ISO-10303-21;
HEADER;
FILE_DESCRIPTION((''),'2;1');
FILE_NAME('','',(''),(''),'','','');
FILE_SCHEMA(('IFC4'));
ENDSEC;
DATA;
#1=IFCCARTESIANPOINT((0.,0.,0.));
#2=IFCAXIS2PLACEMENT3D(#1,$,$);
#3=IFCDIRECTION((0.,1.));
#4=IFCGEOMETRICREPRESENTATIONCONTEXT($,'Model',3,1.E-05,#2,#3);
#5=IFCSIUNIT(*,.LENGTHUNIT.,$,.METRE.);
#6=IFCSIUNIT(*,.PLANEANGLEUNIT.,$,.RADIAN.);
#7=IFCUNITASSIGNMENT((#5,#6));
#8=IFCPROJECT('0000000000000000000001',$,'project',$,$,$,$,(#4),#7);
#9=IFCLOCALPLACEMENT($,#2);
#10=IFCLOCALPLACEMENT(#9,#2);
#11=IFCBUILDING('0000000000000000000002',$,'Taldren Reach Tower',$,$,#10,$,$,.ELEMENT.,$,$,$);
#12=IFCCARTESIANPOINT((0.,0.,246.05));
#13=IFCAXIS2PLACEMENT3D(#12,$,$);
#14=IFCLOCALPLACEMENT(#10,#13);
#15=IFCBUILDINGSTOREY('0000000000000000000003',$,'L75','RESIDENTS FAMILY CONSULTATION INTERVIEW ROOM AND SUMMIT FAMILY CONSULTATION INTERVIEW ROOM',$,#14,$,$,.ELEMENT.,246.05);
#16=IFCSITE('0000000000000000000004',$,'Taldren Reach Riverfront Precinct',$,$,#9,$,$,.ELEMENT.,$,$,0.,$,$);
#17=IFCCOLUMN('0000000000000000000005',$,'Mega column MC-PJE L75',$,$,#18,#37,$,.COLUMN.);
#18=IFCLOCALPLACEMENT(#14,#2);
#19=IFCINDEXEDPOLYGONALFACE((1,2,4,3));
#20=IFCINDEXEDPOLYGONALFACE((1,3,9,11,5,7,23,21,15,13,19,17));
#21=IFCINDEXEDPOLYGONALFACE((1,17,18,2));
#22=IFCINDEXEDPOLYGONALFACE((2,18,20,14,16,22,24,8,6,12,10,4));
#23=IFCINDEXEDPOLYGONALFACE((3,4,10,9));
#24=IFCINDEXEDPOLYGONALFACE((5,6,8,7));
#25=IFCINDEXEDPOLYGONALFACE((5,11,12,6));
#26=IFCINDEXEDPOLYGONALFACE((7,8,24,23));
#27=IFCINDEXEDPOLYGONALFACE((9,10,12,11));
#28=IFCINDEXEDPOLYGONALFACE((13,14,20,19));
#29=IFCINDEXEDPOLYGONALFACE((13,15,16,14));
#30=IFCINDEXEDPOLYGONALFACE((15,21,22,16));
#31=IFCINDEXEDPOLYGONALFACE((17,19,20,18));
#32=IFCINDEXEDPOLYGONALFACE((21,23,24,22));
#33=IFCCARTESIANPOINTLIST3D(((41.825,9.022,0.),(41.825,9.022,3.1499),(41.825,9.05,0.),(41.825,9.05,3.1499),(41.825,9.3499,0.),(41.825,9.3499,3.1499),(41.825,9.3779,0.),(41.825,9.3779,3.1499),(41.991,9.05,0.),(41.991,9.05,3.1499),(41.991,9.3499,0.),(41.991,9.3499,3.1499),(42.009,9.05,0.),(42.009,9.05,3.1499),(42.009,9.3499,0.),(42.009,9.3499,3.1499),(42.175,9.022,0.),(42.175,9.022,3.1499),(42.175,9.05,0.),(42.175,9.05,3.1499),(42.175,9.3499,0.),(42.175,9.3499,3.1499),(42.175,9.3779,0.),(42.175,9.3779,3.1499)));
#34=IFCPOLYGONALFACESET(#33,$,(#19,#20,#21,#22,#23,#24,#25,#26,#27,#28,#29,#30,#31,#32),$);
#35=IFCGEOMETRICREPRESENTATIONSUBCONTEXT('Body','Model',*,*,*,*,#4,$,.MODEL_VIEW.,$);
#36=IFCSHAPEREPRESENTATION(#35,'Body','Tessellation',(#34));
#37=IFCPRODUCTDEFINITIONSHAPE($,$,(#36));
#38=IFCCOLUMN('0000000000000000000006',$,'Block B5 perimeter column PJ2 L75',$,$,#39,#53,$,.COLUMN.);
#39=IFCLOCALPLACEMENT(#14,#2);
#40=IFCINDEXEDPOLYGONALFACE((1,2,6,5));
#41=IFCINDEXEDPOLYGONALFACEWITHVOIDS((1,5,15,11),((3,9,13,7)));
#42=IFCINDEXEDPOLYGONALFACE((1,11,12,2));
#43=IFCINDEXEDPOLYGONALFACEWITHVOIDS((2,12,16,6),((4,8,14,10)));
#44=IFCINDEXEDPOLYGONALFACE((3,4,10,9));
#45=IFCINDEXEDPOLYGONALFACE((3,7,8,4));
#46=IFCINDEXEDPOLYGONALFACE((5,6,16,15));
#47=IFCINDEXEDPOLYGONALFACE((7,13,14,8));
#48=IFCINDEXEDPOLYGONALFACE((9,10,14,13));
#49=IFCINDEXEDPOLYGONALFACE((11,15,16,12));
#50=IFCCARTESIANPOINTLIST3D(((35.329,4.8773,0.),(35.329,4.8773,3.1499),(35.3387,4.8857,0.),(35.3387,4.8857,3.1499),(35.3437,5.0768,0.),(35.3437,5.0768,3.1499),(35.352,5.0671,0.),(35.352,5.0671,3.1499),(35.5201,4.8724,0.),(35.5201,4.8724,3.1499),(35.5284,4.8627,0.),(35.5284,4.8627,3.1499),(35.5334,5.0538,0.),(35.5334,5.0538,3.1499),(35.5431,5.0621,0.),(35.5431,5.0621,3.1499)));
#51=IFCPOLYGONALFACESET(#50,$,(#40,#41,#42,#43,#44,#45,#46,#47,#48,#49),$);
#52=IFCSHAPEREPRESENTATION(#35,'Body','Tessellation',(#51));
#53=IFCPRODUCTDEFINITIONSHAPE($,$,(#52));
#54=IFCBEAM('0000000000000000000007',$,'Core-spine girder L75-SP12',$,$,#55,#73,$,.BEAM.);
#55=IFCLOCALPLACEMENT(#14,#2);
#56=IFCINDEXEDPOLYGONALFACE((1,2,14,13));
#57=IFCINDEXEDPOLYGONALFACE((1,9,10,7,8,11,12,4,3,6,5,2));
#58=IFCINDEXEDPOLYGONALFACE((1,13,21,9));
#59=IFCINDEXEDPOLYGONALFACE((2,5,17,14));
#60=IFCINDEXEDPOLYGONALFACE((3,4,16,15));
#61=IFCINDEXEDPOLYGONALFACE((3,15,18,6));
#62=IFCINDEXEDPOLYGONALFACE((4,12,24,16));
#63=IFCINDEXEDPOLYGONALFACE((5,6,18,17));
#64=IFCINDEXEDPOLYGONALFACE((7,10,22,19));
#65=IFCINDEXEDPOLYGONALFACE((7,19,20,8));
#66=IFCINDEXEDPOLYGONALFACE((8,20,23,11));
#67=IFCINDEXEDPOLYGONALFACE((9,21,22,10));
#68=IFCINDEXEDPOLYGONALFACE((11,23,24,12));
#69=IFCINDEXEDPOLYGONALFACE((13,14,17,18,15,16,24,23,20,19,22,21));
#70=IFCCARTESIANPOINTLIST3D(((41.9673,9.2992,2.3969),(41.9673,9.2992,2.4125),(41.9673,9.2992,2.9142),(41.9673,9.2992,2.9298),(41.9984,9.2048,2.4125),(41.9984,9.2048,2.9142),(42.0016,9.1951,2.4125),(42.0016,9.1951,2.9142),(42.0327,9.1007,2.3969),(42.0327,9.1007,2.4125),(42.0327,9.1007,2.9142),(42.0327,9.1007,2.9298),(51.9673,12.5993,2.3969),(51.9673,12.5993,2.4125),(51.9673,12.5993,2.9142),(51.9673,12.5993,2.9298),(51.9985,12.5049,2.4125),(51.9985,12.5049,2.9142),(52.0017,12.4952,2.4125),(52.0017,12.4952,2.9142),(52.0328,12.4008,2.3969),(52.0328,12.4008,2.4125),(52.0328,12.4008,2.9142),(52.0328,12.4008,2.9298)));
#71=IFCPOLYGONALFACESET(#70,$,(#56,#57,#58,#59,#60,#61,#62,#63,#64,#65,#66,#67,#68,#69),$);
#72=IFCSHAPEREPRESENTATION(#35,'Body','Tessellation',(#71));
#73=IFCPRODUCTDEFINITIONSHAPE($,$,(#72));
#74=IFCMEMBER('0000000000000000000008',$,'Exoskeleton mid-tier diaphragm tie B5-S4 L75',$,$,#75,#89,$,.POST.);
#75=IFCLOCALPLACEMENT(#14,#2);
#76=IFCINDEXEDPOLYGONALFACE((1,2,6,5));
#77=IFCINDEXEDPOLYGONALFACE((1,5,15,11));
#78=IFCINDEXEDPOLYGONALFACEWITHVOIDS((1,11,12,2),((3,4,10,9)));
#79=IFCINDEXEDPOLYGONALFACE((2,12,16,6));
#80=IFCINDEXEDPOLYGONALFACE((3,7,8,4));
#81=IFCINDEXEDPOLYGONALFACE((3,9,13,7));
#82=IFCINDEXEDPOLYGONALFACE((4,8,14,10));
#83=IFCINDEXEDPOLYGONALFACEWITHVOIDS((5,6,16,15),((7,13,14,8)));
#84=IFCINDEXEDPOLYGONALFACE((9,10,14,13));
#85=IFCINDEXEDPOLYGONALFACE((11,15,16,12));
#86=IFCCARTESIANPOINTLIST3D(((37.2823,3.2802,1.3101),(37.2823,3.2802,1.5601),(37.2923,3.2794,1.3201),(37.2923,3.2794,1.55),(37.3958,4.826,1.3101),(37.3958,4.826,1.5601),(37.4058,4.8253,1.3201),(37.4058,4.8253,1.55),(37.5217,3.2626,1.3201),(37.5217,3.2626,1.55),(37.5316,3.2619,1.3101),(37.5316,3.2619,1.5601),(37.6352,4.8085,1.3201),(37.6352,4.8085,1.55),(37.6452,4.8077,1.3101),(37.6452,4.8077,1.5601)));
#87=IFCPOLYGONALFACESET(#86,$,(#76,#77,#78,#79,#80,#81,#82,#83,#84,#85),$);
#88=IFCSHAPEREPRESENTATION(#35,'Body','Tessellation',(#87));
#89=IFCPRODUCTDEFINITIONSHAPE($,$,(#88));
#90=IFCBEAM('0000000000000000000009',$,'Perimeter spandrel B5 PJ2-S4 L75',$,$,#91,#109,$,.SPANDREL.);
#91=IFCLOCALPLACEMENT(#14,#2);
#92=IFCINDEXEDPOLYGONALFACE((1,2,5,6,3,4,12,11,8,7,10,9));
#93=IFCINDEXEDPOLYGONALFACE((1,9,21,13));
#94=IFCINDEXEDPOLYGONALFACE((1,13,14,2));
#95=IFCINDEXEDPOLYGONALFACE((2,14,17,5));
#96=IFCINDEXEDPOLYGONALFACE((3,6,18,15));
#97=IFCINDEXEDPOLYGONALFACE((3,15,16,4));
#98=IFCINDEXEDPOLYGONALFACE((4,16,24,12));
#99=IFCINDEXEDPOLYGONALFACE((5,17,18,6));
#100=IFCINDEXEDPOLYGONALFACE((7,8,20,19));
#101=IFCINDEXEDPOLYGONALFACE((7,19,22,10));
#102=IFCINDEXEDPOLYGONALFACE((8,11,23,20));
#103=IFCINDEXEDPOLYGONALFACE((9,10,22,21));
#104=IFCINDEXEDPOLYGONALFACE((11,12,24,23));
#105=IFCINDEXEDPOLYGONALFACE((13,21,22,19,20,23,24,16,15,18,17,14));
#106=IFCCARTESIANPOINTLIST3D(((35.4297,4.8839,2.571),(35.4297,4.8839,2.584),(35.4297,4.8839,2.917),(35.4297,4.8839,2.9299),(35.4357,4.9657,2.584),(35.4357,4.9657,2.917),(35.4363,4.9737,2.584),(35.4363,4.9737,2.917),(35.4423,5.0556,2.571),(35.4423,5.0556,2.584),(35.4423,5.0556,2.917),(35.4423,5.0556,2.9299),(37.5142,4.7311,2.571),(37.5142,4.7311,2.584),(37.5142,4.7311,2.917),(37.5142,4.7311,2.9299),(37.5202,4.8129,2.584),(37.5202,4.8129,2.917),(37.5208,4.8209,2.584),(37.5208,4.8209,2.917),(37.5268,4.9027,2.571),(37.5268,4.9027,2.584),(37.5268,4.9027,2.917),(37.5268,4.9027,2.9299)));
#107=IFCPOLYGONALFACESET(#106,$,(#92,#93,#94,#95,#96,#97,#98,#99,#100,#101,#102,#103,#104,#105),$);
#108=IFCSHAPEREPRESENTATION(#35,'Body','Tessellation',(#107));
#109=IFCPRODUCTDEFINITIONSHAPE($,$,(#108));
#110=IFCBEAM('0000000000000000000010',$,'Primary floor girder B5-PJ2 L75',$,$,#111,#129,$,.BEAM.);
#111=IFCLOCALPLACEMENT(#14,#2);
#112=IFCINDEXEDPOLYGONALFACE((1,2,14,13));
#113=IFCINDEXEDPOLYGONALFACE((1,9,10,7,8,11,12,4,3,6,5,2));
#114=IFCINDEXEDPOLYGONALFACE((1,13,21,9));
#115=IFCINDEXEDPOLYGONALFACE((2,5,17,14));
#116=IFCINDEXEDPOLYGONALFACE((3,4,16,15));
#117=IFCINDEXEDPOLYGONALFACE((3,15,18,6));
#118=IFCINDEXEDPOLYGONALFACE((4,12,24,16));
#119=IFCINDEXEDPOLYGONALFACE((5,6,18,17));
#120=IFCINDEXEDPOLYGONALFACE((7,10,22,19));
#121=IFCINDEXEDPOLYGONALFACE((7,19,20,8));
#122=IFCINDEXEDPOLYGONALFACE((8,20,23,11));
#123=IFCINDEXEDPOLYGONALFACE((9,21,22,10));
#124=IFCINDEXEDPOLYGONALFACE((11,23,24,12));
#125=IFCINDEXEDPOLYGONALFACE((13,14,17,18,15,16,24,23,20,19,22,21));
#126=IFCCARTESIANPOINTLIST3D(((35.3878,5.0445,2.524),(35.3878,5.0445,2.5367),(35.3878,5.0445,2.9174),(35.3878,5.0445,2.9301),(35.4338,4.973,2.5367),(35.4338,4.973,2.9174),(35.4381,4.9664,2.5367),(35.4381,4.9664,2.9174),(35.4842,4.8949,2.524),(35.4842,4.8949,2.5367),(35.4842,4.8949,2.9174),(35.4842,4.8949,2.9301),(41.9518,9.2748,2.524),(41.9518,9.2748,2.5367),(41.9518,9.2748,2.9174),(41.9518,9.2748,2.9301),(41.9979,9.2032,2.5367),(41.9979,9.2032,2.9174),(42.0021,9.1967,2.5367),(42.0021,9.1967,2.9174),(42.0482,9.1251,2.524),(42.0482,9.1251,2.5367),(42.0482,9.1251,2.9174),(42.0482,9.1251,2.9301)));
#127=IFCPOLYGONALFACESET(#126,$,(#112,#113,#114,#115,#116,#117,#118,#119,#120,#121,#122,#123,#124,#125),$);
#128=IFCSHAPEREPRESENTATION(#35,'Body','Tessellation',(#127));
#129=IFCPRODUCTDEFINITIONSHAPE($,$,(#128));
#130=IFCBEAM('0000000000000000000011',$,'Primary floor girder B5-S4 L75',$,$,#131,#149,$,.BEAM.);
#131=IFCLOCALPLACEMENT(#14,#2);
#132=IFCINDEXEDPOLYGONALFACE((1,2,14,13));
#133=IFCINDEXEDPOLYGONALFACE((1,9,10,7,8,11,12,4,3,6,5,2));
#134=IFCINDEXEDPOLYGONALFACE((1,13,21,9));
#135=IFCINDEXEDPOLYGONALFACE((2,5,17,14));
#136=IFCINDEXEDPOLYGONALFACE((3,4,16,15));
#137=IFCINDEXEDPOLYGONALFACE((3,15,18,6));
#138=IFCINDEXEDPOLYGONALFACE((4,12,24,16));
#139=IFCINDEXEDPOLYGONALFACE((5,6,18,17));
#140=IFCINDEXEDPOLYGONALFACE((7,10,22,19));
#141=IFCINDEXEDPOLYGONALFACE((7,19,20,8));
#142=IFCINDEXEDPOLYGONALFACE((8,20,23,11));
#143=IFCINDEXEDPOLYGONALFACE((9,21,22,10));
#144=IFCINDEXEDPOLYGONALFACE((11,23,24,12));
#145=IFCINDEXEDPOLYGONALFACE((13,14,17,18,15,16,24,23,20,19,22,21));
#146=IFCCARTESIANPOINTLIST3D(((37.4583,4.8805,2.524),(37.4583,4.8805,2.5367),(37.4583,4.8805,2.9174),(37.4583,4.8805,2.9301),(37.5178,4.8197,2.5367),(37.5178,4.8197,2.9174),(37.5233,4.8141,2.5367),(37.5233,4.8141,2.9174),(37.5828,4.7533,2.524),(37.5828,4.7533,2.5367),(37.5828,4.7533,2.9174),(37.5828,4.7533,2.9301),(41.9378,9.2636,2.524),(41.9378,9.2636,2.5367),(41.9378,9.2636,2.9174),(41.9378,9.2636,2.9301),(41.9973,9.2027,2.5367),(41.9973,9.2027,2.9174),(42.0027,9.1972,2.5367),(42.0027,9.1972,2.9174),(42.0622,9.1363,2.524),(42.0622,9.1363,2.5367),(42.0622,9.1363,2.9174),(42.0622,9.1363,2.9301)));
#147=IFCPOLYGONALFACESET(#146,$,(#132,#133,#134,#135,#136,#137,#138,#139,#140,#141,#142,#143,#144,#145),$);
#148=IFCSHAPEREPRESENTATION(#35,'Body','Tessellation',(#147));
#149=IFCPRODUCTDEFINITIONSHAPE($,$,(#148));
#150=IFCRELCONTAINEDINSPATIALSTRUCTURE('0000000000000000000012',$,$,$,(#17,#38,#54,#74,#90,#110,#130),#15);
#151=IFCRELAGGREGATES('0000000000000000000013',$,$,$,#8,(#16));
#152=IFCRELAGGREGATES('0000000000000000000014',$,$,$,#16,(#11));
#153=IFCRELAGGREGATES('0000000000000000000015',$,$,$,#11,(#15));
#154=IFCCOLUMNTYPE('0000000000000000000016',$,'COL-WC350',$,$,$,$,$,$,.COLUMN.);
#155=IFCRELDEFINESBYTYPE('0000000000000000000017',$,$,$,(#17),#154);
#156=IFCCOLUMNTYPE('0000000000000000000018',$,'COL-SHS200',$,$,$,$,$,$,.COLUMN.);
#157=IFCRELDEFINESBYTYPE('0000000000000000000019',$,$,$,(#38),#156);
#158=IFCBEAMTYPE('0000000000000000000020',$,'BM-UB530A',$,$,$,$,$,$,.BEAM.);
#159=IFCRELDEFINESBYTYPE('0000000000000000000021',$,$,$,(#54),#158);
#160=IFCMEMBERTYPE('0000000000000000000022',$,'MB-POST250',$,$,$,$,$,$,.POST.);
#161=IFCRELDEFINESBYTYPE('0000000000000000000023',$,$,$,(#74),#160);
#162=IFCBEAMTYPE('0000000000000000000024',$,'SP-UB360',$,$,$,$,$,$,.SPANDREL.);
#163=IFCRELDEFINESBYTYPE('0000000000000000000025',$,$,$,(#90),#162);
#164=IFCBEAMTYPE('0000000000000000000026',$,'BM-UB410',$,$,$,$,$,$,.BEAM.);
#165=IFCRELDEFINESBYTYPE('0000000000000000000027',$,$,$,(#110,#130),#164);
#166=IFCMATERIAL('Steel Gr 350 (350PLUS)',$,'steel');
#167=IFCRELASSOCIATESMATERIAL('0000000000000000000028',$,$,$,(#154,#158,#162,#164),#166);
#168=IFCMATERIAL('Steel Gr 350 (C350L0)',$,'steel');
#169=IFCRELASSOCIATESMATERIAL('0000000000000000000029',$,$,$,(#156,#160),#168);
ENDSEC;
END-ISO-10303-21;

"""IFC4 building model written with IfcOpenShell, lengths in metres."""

from ifc_helpers import new_model, si_unit, direction, frame, origin, origin_2d, place, context, subcontext, project, spatial, hollow_rectangle, i_section, extrude, source, transform, mapped, material, material_profile, profile_set, type_object, element, save


model = new_model("IFC4")

# Units and contexts
model_context = context("Model", 3, precision=1e-05, world=origin(), true_north=direction((0.0, 1.0)))
body_context = subcontext(model_context, "Body", "Model", "MODEL_VIEW")
ifc_project = project(units=[si_unit("LENGTHUNIT", "METRE"), si_unit("PLANEANGLEUNIT", "RADIAN")], contexts=[model_context])

# Site, building, storey
site_placement = place(None, origin())
site = spatial("IfcSite", under=ifc_project, at=site_placement, Name="Taldren Reach Riverfront Precinct", CompositionType="ELEMENT", RefElevation=0.0)
building_placement = place(site_placement, origin())
building = spatial("IfcBuilding", under=site, at=building_placement, Name="Taldren Reach Tower", CompositionType="ELEMENT")
storey_placement = place(building_placement, frame((0.0, 0.0, 246.05)))
storey = spatial("IfcBuildingStorey", under=building, at=storey_placement, Name="L75", Description="RESIDENTS FAMILY CONSULTATION INTERVIEW ROOM AND SUMMIT FAMILY CONSULTATION INTERVIEW ROOM", CompositionType="ELEMENT", Elevation=246.05)

# Columns
ifc_material_1 = material(Name="Steel Gr 350 (350PLUS)", Category="steel")
ifc_material_profile_1 = material_profile(ifc_material_1, i_section(OverallWidth=0.3501, OverallDepth=0.356, WebThickness=0.0181, FlangeThickness=0.0281, at=origin_2d()), Name="350WC197")
ifc_profile_set_1 = profile_set([ifc_material_profile_1], Name="Steel Gr 350 (350PLUS)")
column_type_1 = type_object("IfcColumnType", Name="COL-WC350", PredefinedType="COLUMN", material=ifc_profile_set_1)
shared_shape_1 = source(origin(), body_context, "Body", "SweptSolid", [
    extrude(i_section(OverallWidth=0.3501, OverallDepth=0.356, WebThickness=0.0181, FlangeThickness=0.0281, at=origin_2d()), origin(), (0.0, 0.0, 1.0), 3.1499),
])
column_1_placement = place(storey_placement, frame((42.0, 9.2, 0.0), z_axis=(0.0, 0.0, 1.0), x_axis=(1.0, 0.0, 0.0)))
element("IfcColumn", 1, at=column_1_placement, inside=storey, type_object=column_type_1, Name="Mega column MC-PJE L75", PredefinedType="COLUMN", context=body_context, shape_type="MappedRepresentation", body=[
    mapped(shared_shape_1, transform((0.0, 0.0, 0.0), scale=1.0)),
])
ifc_material_2 = material(Name="Steel Gr 350 (C350L0)", Category="steel")
ifc_material_profile_2 = material_profile(ifc_material_2, hollow_rectangle(XDim=0.2, YDim=0.2, WallThickness=0.009, at=origin_2d()), Name="200x200x9.0SHS")
ifc_profile_set_2 = profile_set([ifc_material_profile_2], Name="Steel Gr 350 (C350L0)")
column_type_2 = type_object("IfcColumnType", Name="COL-SHS200", PredefinedType="COLUMN", material=ifc_profile_set_2)
shared_shape_2 = source(origin(), body_context, "Body", "SweptSolid", [
    extrude(hollow_rectangle(XDim=0.2, YDim=0.2, WallThickness=0.009, at=origin_2d()), origin(), (0.0, 0.0, 1.0), 3.1499),
])
column_2_placement = place(storey_placement, frame((35.436, 4.9697, 0.0), z_axis=(0.0, 0.0, 1.0), x_axis=(0.997314, -0.073238, 0.0)))
element("IfcColumn", 2, at=column_2_placement, inside=storey, type_object=column_type_2, Name="Block B5 perimeter column PJ2 L75", PredefinedType="COLUMN", context=body_context, shape_type="MappedRepresentation", body=[
    mapped(shared_shape_2, transform((0.0, 0.0, 0.0), scale=1.0)),
])

# Beam
ifc_material_profile_3 = material_profile(ifc_material_1, i_section(OverallWidth=0.209, OverallDepth=0.533, WebThickness=0.0103, FlangeThickness=0.0156, at=origin_2d()), Name="530UB92.4")
ifc_profile_set_3 = profile_set([ifc_material_profile_3], Name="Steel Gr 350 (350PLUS)")
beam_type_1 = type_object("IfcBeamType", Name="BM-UB530A", PredefinedType="BEAM", material=ifc_profile_set_3)
shared_shape_3 = source(origin(), body_context, "Body", "SweptSolid", [
    extrude(i_section(OverallWidth=0.209, OverallDepth=0.533, WebThickness=0.0103, FlangeThickness=0.0156, at=origin_2d()), origin(), (0.0, 0.0, 1.0), 10.5305),
])
beam_1_placement = place(storey_placement, frame((42.0, 9.2, 2.6633), z_axis=(0.949627, 0.313382, 0.0), x_axis=(-0.313382, 0.949627, 0.0)))
element("IfcBeam", 3, at=beam_1_placement, inside=storey, type_object=beam_type_1, Name="Core-spine girder L75-SP12", PredefinedType="BEAM", context=body_context, shape_type="MappedRepresentation", body=[
    mapped(shared_shape_3, transform((0.0, 0.0, 0.0), scale=1.0)),
])

# Member
ifc_material_profile_4 = material_profile(ifc_material_2, hollow_rectangle(XDim=0.25, YDim=0.25, WallThickness=0.01, at=origin_2d()), Name="250x250x10.0SHS")
ifc_profile_set_4 = profile_set([ifc_material_profile_4], Name="Steel Gr 350 (C350L0)")
member_type = type_object("IfcMemberType", Name="MB-POST250", PredefinedType="POST", material=ifc_profile_set_4)
shared_shape_4 = source(origin(), body_context, "Body", "SweptSolid", [
    extrude(hollow_rectangle(XDim=0.25, YDim=0.25, WallThickness=0.01, at=origin_2d()), origin(), (0.0, 0.0, 1.0), 1.55),
])
member_placement = place(storey_placement, frame((37.5205, 4.8169, 1.4351), z_axis=(-0.073239, -0.997314, 0.0), x_axis=(0.997314, -0.073239, 0.0)))
element("IfcMember", 4, at=member_placement, inside=storey, type_object=member_type, Name="Exoskeleton mid-tier diaphragm tie B5-S4 L75", PredefinedType="POST", context=body_context, shape_type="MappedRepresentation", body=[
    mapped(shared_shape_4, transform((0.0, 0.0, 0.0), scale=1.0)),
])

# Beams
ifc_material_profile_5 = material_profile(ifc_material_1, i_section(OverallWidth=0.1721, OverallDepth=0.3589, WebThickness=0.0081, FlangeThickness=0.0129, at=origin_2d()), Name="360UB56.7")
ifc_profile_set_5 = profile_set([ifc_material_profile_5], Name="Steel Gr 350 (350PLUS)")
beam_type_2 = type_object("IfcBeamType", Name="SP-UB360", PredefinedType="SPANDREL", material=ifc_profile_set_5)
shared_shape_5 = source(origin(), body_context, "Body", "SweptSolid", [
    extrude(i_section(OverallWidth=0.1721, OverallDepth=0.3589, WebThickness=0.0081, FlangeThickness=0.0129, at=origin_2d()), origin(), (0.0, 0.0, 1.0), 2.0901),
])
beam_2_placement = place(storey_placement, frame((35.436, 4.9697, 2.7505), z_axis=(0.997323, -0.073123, 0.0), x_axis=(0.073123, 0.997323, 0.0)))
element("IfcBeam", 5, at=beam_2_placement, inside=storey, type_object=beam_type_2, Name="Perimeter spandrel B5 PJ2-S4 L75", PredefinedType="SPANDREL", context=body_context, shape_type="MappedRepresentation", body=[
    mapped(shared_shape_5, transform((0.0, 0.0, 0.0), scale=1.0)),
])
ifc_material_profile_6 = material_profile(ifc_material_1, i_section(OverallWidth=0.178, OverallDepth=0.406, WebThickness=0.0078, FlangeThickness=0.0127, at=origin_2d()), Name="410UB59.7")
ifc_profile_set_6 = profile_set([ifc_material_profile_6], Name="Steel Gr 350 (350PLUS)")
beam_type_3 = type_object("IfcBeamType", Name="BM-UB410", PredefinedType="BEAM", material=ifc_profile_set_6)
shared_shape_6 = source(origin(), body_context, "Body", "SweptSolid", [
    extrude(i_section(OverallWidth=0.178, OverallDepth=0.406, WebThickness=0.0078, FlangeThickness=0.0127, at=origin_2d()), origin(), (0.0, 0.0, 1.0), 7.8091),
])
beam_3_placement = place(storey_placement, frame((42.0, 9.2, 2.7271), z_axis=(-0.840564, -0.541712, 0.0), x_axis=(0.541712, -0.840564, 0.0)))
element("IfcBeam", 6, at=beam_3_placement, inside=storey, type_object=beam_type_3, Name="Primary floor girder B5-PJ2 L75", PredefinedType="BEAM", context=body_context, shape_type="MappedRepresentation", body=[
    mapped(shared_shape_6, transform((0.0, 0.0, 0.0), scale=1.0)),
])
shared_shape_7 = source(origin(), body_context, "Body", "SweptSolid", [
    extrude(i_section(OverallWidth=0.178, OverallDepth=0.406, WebThickness=0.0078, FlangeThickness=0.0127, at=origin_2d()), origin(), (0.0, 0.0, 1.0), 6.2671),
])
beam_4_placement = place(storey_placement, frame((42.0, 9.2, 2.7271), z_axis=(-0.714759, -0.699371, 0.0), x_axis=(0.699371, -0.714759, 0.0)))
element("IfcBeam", 7, at=beam_4_placement, inside=storey, type_object=beam_type_3, Name="Primary floor girder B5-S4 L75", PredefinedType="BEAM", context=body_context, shape_type="MappedRepresentation", body=[
    mapped(shared_shape_7, transform((0.0, 0.0, 0.0), scale=1.0)),
])

save(model, "model.ifc")
